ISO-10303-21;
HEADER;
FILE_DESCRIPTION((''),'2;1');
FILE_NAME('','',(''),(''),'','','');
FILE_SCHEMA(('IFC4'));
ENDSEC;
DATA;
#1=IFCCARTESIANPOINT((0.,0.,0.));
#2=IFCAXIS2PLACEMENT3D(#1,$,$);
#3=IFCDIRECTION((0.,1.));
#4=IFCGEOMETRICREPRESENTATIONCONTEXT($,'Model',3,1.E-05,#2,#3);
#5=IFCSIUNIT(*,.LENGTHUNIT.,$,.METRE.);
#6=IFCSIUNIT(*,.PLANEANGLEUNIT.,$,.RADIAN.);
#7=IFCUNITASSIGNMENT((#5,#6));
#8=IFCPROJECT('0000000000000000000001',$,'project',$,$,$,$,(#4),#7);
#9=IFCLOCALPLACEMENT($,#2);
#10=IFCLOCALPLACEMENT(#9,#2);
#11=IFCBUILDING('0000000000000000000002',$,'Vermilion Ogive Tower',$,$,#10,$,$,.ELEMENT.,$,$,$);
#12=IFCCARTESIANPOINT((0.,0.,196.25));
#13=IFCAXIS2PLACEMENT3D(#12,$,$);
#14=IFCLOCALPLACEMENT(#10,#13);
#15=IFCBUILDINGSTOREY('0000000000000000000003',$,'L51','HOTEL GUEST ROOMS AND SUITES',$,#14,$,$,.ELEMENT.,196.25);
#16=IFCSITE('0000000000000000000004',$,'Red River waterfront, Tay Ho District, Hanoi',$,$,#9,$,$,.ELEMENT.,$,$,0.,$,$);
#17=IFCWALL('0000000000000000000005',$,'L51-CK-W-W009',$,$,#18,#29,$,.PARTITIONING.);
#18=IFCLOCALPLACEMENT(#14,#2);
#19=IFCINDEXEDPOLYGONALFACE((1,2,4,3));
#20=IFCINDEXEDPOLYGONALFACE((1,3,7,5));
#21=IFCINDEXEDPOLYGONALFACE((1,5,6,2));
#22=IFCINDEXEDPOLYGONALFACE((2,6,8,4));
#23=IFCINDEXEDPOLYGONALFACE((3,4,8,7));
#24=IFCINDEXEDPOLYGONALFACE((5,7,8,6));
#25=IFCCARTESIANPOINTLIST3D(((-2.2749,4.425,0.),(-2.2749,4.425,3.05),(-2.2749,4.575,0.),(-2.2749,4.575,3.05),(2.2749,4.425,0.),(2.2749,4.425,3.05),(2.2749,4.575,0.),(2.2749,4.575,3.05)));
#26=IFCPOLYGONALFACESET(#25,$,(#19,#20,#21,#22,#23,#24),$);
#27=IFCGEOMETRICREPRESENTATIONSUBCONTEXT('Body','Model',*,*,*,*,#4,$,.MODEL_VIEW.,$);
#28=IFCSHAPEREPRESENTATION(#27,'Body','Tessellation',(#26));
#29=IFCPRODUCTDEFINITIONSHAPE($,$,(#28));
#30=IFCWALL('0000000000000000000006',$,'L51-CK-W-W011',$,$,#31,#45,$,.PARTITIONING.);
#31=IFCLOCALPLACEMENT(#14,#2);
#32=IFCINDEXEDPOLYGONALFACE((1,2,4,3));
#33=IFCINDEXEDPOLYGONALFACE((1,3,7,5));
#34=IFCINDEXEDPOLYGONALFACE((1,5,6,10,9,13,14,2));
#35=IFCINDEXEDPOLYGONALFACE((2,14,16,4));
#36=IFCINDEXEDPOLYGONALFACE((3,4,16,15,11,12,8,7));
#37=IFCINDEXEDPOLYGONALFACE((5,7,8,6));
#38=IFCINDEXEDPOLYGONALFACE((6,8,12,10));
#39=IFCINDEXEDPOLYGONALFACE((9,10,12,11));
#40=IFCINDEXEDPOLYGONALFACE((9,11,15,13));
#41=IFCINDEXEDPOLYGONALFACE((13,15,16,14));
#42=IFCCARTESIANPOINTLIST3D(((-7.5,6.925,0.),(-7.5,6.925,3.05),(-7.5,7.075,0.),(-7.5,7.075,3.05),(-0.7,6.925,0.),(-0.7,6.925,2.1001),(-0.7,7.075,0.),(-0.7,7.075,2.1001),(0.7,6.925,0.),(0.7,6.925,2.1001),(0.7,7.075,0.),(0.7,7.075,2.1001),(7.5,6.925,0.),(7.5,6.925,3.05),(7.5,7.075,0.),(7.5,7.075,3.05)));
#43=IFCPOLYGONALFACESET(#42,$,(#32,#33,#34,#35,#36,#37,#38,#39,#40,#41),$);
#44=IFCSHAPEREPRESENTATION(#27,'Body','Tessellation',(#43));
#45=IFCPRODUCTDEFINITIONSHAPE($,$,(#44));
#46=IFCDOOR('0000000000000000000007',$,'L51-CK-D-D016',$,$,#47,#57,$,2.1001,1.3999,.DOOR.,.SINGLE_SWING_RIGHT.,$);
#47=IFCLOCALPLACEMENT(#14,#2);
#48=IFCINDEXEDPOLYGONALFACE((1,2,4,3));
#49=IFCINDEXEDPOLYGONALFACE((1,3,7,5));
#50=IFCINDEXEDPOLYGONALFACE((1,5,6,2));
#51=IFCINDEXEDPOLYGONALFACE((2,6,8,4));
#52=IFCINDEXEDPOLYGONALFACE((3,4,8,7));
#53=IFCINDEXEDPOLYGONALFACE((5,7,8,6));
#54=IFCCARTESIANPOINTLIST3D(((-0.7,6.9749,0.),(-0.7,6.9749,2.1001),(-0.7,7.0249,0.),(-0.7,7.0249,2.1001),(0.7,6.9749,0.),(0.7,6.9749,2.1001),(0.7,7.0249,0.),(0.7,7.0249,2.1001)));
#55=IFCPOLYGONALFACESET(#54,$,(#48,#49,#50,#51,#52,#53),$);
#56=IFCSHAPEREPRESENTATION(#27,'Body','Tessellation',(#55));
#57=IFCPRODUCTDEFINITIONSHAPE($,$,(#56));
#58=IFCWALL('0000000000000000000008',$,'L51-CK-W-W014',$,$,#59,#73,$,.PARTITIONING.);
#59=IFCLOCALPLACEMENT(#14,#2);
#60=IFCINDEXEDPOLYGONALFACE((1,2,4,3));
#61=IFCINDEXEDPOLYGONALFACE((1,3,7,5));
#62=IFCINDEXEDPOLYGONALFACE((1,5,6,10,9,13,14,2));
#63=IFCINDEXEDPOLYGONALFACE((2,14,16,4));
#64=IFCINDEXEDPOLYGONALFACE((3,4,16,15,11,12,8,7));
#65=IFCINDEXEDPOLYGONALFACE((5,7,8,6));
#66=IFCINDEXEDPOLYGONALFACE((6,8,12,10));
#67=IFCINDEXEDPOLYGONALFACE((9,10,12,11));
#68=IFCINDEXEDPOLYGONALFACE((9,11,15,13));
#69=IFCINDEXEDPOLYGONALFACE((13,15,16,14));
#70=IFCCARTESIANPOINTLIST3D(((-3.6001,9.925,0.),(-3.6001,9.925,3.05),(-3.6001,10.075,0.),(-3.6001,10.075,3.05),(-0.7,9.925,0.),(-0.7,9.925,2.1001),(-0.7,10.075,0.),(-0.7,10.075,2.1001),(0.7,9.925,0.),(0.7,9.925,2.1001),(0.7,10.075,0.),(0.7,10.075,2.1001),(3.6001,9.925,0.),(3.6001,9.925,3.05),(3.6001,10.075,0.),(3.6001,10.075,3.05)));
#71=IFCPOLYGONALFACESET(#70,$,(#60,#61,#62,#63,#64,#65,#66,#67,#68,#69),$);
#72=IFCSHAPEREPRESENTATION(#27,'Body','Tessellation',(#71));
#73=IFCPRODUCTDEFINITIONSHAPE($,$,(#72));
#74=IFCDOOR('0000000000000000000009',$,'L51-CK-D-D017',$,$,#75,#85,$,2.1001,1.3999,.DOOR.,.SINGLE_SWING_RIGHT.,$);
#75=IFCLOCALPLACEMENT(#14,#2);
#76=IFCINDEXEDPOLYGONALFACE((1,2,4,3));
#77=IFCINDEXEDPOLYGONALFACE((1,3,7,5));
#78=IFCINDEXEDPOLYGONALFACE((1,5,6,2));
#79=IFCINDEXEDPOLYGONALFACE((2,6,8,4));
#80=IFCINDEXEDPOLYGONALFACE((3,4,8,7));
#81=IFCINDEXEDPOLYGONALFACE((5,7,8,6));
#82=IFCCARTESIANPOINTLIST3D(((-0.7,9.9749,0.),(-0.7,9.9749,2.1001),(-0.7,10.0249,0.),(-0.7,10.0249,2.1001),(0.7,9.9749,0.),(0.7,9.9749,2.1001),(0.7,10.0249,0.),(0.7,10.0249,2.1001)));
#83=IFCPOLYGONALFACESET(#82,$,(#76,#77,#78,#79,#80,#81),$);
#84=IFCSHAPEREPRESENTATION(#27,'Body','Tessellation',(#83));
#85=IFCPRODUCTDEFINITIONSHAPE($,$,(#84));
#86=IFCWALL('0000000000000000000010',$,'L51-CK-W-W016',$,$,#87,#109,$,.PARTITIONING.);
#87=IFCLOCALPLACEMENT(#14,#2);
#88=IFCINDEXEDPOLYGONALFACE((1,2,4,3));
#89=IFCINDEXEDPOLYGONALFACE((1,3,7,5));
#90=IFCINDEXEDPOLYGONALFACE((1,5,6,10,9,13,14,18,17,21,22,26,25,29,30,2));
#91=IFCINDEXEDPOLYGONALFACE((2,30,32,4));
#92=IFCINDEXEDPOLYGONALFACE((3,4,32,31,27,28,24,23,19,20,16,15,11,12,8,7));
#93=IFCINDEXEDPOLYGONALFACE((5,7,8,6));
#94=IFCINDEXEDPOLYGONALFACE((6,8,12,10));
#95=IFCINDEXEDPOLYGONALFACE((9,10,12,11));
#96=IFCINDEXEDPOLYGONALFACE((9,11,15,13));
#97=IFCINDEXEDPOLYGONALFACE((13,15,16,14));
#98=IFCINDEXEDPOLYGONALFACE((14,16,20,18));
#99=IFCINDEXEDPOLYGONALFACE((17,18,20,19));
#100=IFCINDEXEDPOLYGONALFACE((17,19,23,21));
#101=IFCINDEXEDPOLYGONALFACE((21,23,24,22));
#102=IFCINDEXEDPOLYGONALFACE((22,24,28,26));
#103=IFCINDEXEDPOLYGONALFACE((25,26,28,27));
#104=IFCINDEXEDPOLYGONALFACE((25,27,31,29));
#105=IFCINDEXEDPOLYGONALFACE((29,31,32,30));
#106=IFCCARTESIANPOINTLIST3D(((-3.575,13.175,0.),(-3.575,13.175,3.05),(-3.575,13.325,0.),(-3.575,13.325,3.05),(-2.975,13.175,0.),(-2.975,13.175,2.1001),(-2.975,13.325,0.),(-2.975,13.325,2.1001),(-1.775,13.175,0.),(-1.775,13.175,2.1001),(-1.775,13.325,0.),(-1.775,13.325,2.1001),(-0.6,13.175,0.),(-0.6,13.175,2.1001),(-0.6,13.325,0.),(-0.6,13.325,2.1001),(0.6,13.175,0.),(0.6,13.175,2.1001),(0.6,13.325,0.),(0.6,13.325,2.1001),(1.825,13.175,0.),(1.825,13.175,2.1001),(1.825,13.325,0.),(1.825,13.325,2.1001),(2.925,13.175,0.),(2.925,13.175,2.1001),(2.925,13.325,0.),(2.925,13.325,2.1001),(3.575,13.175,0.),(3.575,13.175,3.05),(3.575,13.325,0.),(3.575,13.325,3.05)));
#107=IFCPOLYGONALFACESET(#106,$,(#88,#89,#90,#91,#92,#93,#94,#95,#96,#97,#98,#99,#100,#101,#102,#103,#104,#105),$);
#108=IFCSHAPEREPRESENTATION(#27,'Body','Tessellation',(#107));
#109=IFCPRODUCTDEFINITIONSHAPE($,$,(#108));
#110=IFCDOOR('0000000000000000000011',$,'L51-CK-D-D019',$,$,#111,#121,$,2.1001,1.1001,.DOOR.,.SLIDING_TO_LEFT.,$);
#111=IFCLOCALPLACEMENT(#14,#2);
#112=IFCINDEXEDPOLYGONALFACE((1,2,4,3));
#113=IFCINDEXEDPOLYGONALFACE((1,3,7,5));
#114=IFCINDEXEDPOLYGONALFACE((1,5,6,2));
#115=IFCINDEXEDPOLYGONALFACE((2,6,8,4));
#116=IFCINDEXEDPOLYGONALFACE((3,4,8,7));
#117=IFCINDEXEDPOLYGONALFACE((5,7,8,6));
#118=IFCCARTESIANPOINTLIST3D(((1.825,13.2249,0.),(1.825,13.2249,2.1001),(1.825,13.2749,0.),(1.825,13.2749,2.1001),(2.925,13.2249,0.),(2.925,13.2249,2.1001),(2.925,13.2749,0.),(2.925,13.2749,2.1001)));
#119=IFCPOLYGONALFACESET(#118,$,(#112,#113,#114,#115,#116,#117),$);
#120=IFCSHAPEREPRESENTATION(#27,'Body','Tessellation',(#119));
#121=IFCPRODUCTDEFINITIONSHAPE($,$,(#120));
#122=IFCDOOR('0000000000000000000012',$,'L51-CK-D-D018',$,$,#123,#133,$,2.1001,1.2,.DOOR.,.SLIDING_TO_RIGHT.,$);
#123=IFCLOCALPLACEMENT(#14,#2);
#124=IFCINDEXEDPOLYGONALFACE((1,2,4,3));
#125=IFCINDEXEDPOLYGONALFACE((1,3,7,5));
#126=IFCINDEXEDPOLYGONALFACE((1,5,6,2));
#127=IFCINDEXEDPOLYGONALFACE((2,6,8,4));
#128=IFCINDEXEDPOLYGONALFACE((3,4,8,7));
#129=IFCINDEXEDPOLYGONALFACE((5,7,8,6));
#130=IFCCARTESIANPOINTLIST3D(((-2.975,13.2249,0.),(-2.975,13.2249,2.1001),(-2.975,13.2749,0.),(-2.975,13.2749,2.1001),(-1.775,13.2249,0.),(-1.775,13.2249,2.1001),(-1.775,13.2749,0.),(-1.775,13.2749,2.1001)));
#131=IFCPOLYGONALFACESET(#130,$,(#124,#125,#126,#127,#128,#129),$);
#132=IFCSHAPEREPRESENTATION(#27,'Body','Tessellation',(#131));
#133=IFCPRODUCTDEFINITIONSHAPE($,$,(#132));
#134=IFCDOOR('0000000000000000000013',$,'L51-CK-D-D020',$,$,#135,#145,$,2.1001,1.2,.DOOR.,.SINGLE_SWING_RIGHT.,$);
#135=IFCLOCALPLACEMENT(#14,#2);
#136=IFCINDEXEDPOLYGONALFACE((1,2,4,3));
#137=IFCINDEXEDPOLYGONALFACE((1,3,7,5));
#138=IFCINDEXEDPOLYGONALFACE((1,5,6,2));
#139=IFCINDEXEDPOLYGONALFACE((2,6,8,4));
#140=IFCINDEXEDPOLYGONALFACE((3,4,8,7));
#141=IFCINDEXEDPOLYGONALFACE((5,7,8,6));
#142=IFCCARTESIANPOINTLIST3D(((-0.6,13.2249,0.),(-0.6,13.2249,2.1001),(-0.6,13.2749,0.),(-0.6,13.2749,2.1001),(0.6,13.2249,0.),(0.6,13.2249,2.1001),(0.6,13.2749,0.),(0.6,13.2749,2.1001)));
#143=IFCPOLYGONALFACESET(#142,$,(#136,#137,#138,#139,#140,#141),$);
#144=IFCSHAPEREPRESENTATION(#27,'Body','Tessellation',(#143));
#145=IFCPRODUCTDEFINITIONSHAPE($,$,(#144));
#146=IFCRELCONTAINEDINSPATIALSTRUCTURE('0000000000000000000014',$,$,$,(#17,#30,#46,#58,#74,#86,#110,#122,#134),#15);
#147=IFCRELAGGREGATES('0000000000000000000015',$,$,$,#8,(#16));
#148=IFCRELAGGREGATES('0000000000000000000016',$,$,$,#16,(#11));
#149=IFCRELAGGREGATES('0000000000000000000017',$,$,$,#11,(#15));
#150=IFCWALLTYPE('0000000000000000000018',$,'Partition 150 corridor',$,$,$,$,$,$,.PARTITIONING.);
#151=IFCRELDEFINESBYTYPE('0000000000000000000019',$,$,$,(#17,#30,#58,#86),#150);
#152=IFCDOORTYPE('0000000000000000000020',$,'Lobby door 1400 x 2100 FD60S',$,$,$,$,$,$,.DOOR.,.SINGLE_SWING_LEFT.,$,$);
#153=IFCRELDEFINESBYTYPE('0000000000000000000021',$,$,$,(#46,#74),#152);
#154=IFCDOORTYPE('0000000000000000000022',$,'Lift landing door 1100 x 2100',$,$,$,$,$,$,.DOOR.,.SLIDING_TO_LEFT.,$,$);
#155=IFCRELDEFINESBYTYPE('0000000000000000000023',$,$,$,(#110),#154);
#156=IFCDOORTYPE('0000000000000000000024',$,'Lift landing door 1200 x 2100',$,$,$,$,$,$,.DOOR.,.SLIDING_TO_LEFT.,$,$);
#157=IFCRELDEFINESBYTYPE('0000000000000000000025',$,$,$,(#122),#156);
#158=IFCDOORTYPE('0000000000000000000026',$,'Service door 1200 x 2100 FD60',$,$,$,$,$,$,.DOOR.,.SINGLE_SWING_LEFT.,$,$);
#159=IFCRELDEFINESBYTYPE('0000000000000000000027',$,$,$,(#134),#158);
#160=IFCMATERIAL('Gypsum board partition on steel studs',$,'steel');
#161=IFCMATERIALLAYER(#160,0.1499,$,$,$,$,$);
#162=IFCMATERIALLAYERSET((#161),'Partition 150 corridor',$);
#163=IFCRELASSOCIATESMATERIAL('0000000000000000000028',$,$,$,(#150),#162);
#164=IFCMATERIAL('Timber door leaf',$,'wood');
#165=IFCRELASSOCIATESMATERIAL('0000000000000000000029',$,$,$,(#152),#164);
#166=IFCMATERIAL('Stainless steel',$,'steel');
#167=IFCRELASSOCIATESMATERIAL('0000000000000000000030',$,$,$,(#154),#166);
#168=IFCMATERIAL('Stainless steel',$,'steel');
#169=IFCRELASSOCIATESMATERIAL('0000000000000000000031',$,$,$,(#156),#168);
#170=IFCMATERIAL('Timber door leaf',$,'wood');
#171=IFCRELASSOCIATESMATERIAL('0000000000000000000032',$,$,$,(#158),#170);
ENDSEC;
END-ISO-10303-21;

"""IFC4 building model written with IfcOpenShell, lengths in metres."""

from ifc_helpers import new_model, si_unit, direction, frame, frame_2d, origin, place, context, subcontext, project, spatial, rectangle, extrude, material, layer, layer_set, type_object, element, fill, save


model = new_model("IFC4")

# Units and contexts
model_context = context("Model", 3, precision=1e-05, world=origin(), true_north=direction((0.0, 1.0)))
body_context = subcontext(model_context, "Body", "Model", "MODEL_VIEW")
ifc_project = project(units=[si_unit("LENGTHUNIT", "METRE"), si_unit("PLANEANGLEUNIT", "RADIAN")], contexts=[model_context])

# Site, building, storey
site_placement = place(None, origin())
site = spatial("IfcSite", under=ifc_project, at=site_placement, Name="Red River waterfront, Tay Ho District, Hanoi", CompositionType="ELEMENT", RefElevation=0.0)
building_placement = place(site_placement, origin())
building = spatial("IfcBuilding", under=site, at=building_placement, Name="Vermilion Ogive Tower", CompositionType="ELEMENT")
storey_placement = place(building_placement, frame((0.0, 0.0, 196.25)))
storey = spatial("IfcBuildingStorey", under=building, at=storey_placement, Name="L51", Description="HOTEL GUEST ROOMS AND SUITES", CompositionType="ELEMENT", Elevation=196.25)

# Wall
ifc_material_1 = material(Name="Gypsum board partition on steel studs", Category="steel")
ifc_layer_1 = layer(ifc_material_1, 0.1499)
ifc_layer_set_1 = layer_set([ifc_layer_1], Name="Partition 150 corridor")
wall_type_1 = type_object("IfcWallType", Name="Partition 150 corridor", PredefinedType="PARTITIONING", material=ifc_layer_set_1)
wall_1_placement = place(storey_placement, frame((-2.2749, 4.5, 0.0), z_axis=(0.0, 0.0, 1.0), x_axis=(1.0, 0.0, 0.0)))
element("IfcWall", 1, at=wall_1_placement, inside=storey, type_object=wall_type_1, Name="L51-CK-W-W009", PredefinedType="PARTITIONING", context=body_context, shape_type="SweptSolid", body=[
    extrude(rectangle(XDim=4.5498, YDim=0.1499, at=frame_2d((2.2749, 0.0))), origin(), (0.0, 0.0, 1.0), 3.05),
])

# Walls, openings, doors
wall_2_placement = place(storey_placement, frame((-7.5, 7.0, 0.0), z_axis=(0.0, 0.0, 1.0), x_axis=(1.0, 0.0, 0.0)))
wall_2 = element("IfcWall", 2, at=wall_2_placement, inside=storey, type_object=wall_type_1, Name="L51-CK-W-W011", PredefinedType="PARTITIONING", context=body_context, shape_type="SweptSolid", body=[
    extrude(rectangle(XDim=15.0, YDim=0.1499, at=frame_2d((7.5, 0.0))), origin(), (0.0, 0.0, 1.0), 3.05),
])
opening_1_placement = place(wall_2_placement, frame((6.8, 0.0, 0.0)))
opening_1 = element("IfcOpeningElement", 3, at=opening_1_placement, cuts=wall_2, PredefinedType="OPENING", context=body_context, shape_type="SweptSolid", body=[
    extrude(rectangle(XDim=1.3999, YDim=2.1001, at=frame_2d((0.7, 1.05))), frame((0.0, 0.085, 0.0), z_axis=(0.0, -1.0, 0.0), x_axis=(1.0, 0.0, 0.0)), (0.0, 0.0, 1.0), 0.1699),
])
ifc_material_2 = material(Name="Timber door leaf", Category="wood")
door_type_1 = type_object("IfcDoorType", Name="Lobby door 1400 x 2100 FD60S", OperationType="SINGLE_SWING_LEFT", PredefinedType="DOOR", material=ifc_material_2)
door_1_placement = place(opening_1_placement, origin())
door_1 = element("IfcDoor", 4, at=door_1_placement, inside=storey, type_object=door_type_1, Name="L51-CK-D-D016", OperationType="SINGLE_SWING_RIGHT", OverallHeight=2.1001, OverallWidth=1.3999, PredefinedType="DOOR", context=body_context, shape_type="SweptSolid", body=[
    extrude(rectangle(XDim=1.3999, YDim=2.1001, at=frame_2d((0.7, 1.05))), frame((0.0, 0.0249, 0.0), z_axis=(0.0, -1.0, 0.0), x_axis=(1.0, 0.0, 0.0)), (0.0, 0.0, 1.0), 0.05),
])
fill(opening_1, door_1)
wall_3_placement = place(storey_placement, frame((-3.6001, 10.0, 0.0), z_axis=(0.0, 0.0, 1.0), x_axis=(1.0, 0.0, 0.0)))
wall_3 = element("IfcWall", 5, at=wall_3_placement, inside=storey, type_object=wall_type_1, Name="L51-CK-W-W014", PredefinedType="PARTITIONING", context=body_context, shape_type="SweptSolid", body=[
    extrude(rectangle(XDim=7.2002, YDim=0.1499, at=frame_2d((3.6001, 0.0))), origin(), (0.0, 0.0, 1.0), 3.05),
])
opening_2_placement = place(wall_3_placement, frame((2.9001, 0.0, 0.0)))
opening_2 = element("IfcOpeningElement", 6, at=opening_2_placement, cuts=wall_3, PredefinedType="OPENING", context=body_context, shape_type="SweptSolid", body=[
    extrude(rectangle(XDim=1.3999, YDim=2.1001, at=frame_2d((0.7, 1.05))), frame((0.0, 0.085, 0.0), z_axis=(0.0, -1.0, 0.0), x_axis=(1.0, 0.0, 0.0)), (0.0, 0.0, 1.0), 0.1699),
])
door_2_placement = place(opening_2_placement, origin())
door_2 = element("IfcDoor", 7, at=door_2_placement, inside=storey, type_object=door_type_1, Name="L51-CK-D-D017", OperationType="SINGLE_SWING_RIGHT", OverallHeight=2.1001, OverallWidth=1.3999, PredefinedType="DOOR", context=body_context, shape_type="SweptSolid", body=[
    extrude(rectangle(XDim=1.3999, YDim=2.1001, at=frame_2d((0.7, 1.05))), frame((0.0, 0.0249, 0.0), z_axis=(0.0, -1.0, 0.0), x_axis=(1.0, 0.0, 0.0)), (0.0, 0.0, 1.0), 0.05),
])
fill(opening_2, door_2)

# Wall, openings, doors
wall_4_placement = place(storey_placement, frame((-3.575, 13.25, 0.0), z_axis=(0.0, 0.0, 1.0), x_axis=(1.0, 0.0, 0.0)))
wall_4 = element("IfcWall", 8, at=wall_4_placement, inside=storey, type_object=wall_type_1, Name="L51-CK-W-W016", PredefinedType="PARTITIONING", context=body_context, shape_type="SweptSolid", body=[
    extrude(rectangle(XDim=7.1499, YDim=0.1499, at=frame_2d((3.575, 0.0))), origin(), (0.0, 0.0, 1.0), 3.05),
])
opening_3_placement = place(wall_4_placement, frame((0.5999, 0.0, 0.0)))
opening_3 = element("IfcOpeningElement", 9, at=opening_3_placement, cuts=wall_4, PredefinedType="OPENING", context=body_context, shape_type="SweptSolid", body=[
    extrude(rectangle(XDim=1.2, YDim=2.1001, at=frame_2d((0.6001, 1.05))), frame((0.0, 0.085, 0.0), z_axis=(0.0, -1.0, 0.0), x_axis=(1.0, 0.0, 0.0)), (0.0, 0.0, 1.0), 0.1699),
])
opening_4_placement = place(wall_4_placement, frame((5.3999, 0.0, 0.0)))
opening_4 = element("IfcOpeningElement", 10, at=opening_4_placement, cuts=wall_4, PredefinedType="OPENING", context=body_context, shape_type="SweptSolid", body=[
    extrude(rectangle(XDim=1.1001, YDim=2.1001, at=frame_2d((0.55, 1.05))), frame((0.0, 0.085, 0.0), z_axis=(0.0, -1.0, 0.0), x_axis=(1.0, 0.0, 0.0)), (0.0, 0.0, 1.0), 0.1699),
])
opening_5_placement = place(wall_4_placement, frame((2.9749, 0.0, 0.0)))
opening_5 = element("IfcOpeningElement", 11, at=opening_5_placement, cuts=wall_4, PredefinedType="OPENING", context=body_context, shape_type="SweptSolid", body=[
    extrude(rectangle(XDim=1.2, YDim=2.1001, at=frame_2d((0.6001, 1.05))), frame((0.0, 0.085, 0.0), z_axis=(0.0, -1.0, 0.0), x_axis=(1.0, 0.0, 0.0)), (0.0, 0.0, 1.0), 0.1699),
])
ifc_material_3 = material(Name="Stainless steel", Category="steel")
door_type_2 = type_object("IfcDoorType", Name="Lift landing door 1100 x 2100", OperationType="SLIDING_TO_LEFT", PredefinedType="DOOR", material=ifc_material_3)
door_3_placement = place(opening_4_placement, origin())
door_3 = element("IfcDoor", 12, at=door_3_placement, inside=storey, type_object=door_type_2, Name="L51-CK-D-D019", OperationType="SLIDING_TO_LEFT", OverallHeight=2.1001, OverallWidth=1.1001, PredefinedType="DOOR", context=body_context, shape_type="SweptSolid", body=[
    extrude(rectangle(XDim=1.1001, YDim=2.1001, at=frame_2d((0.55, 1.05))), frame((0.0, 0.0249, 0.0), z_axis=(0.0, -1.0, 0.0), x_axis=(1.0, 0.0, 0.0)), (0.0, 0.0, 1.0), 0.05),
])
fill(opening_4, door_3)
ifc_material_4 = material(Name="Stainless steel", Category="steel")
door_type_3 = type_object("IfcDoorType", Name="Lift landing door 1200 x 2100", OperationType="SLIDING_TO_LEFT", PredefinedType="DOOR", material=ifc_material_4)
door_4_placement = place(opening_3_placement, origin())
door_4 = element("IfcDoor", 13, at=door_4_placement, inside=storey, type_object=door_type_3, Name="L51-CK-D-D018", OperationType="SLIDING_TO_RIGHT", OverallHeight=2.1001, OverallWidth=1.2, PredefinedType="DOOR", context=body_context, shape_type="SweptSolid", body=[
    extrude(rectangle(XDim=1.2, YDim=2.1001, at=frame_2d((0.6001, 1.05))), frame((0.0, 0.0249, 0.0), z_axis=(0.0, -1.0, 0.0), x_axis=(1.0, 0.0, 0.0)), (0.0, 0.0, 1.0), 0.05),
])
fill(opening_3, door_4)
ifc_material_5 = material(Name="Timber door leaf", Category="wood")
door_type_4 = type_object("IfcDoorType", Name="Service door 1200 x 2100 FD60", OperationType="SINGLE_SWING_LEFT", PredefinedType="DOOR", material=ifc_material_5)
door_5_placement = place(opening_5_placement, origin())
door_5 = element("IfcDoor", 14, at=door_5_placement, inside=storey, type_object=door_type_4, Name="L51-CK-D-D020", OperationType="SINGLE_SWING_RIGHT", OverallHeight=2.1001, OverallWidth=1.2, PredefinedType="DOOR", context=body_context, shape_type="SweptSolid", body=[
    extrude(rectangle(XDim=1.2, YDim=2.1001, at=frame_2d((0.6001, 1.05))), frame((0.0, 0.0249, 0.0), z_axis=(0.0, -1.0, 0.0), x_axis=(1.0, 0.0, 0.0)), (0.0, 0.0, 1.0), 0.05),
])
fill(opening_5, door_5)

save(model, "model.ifc")
